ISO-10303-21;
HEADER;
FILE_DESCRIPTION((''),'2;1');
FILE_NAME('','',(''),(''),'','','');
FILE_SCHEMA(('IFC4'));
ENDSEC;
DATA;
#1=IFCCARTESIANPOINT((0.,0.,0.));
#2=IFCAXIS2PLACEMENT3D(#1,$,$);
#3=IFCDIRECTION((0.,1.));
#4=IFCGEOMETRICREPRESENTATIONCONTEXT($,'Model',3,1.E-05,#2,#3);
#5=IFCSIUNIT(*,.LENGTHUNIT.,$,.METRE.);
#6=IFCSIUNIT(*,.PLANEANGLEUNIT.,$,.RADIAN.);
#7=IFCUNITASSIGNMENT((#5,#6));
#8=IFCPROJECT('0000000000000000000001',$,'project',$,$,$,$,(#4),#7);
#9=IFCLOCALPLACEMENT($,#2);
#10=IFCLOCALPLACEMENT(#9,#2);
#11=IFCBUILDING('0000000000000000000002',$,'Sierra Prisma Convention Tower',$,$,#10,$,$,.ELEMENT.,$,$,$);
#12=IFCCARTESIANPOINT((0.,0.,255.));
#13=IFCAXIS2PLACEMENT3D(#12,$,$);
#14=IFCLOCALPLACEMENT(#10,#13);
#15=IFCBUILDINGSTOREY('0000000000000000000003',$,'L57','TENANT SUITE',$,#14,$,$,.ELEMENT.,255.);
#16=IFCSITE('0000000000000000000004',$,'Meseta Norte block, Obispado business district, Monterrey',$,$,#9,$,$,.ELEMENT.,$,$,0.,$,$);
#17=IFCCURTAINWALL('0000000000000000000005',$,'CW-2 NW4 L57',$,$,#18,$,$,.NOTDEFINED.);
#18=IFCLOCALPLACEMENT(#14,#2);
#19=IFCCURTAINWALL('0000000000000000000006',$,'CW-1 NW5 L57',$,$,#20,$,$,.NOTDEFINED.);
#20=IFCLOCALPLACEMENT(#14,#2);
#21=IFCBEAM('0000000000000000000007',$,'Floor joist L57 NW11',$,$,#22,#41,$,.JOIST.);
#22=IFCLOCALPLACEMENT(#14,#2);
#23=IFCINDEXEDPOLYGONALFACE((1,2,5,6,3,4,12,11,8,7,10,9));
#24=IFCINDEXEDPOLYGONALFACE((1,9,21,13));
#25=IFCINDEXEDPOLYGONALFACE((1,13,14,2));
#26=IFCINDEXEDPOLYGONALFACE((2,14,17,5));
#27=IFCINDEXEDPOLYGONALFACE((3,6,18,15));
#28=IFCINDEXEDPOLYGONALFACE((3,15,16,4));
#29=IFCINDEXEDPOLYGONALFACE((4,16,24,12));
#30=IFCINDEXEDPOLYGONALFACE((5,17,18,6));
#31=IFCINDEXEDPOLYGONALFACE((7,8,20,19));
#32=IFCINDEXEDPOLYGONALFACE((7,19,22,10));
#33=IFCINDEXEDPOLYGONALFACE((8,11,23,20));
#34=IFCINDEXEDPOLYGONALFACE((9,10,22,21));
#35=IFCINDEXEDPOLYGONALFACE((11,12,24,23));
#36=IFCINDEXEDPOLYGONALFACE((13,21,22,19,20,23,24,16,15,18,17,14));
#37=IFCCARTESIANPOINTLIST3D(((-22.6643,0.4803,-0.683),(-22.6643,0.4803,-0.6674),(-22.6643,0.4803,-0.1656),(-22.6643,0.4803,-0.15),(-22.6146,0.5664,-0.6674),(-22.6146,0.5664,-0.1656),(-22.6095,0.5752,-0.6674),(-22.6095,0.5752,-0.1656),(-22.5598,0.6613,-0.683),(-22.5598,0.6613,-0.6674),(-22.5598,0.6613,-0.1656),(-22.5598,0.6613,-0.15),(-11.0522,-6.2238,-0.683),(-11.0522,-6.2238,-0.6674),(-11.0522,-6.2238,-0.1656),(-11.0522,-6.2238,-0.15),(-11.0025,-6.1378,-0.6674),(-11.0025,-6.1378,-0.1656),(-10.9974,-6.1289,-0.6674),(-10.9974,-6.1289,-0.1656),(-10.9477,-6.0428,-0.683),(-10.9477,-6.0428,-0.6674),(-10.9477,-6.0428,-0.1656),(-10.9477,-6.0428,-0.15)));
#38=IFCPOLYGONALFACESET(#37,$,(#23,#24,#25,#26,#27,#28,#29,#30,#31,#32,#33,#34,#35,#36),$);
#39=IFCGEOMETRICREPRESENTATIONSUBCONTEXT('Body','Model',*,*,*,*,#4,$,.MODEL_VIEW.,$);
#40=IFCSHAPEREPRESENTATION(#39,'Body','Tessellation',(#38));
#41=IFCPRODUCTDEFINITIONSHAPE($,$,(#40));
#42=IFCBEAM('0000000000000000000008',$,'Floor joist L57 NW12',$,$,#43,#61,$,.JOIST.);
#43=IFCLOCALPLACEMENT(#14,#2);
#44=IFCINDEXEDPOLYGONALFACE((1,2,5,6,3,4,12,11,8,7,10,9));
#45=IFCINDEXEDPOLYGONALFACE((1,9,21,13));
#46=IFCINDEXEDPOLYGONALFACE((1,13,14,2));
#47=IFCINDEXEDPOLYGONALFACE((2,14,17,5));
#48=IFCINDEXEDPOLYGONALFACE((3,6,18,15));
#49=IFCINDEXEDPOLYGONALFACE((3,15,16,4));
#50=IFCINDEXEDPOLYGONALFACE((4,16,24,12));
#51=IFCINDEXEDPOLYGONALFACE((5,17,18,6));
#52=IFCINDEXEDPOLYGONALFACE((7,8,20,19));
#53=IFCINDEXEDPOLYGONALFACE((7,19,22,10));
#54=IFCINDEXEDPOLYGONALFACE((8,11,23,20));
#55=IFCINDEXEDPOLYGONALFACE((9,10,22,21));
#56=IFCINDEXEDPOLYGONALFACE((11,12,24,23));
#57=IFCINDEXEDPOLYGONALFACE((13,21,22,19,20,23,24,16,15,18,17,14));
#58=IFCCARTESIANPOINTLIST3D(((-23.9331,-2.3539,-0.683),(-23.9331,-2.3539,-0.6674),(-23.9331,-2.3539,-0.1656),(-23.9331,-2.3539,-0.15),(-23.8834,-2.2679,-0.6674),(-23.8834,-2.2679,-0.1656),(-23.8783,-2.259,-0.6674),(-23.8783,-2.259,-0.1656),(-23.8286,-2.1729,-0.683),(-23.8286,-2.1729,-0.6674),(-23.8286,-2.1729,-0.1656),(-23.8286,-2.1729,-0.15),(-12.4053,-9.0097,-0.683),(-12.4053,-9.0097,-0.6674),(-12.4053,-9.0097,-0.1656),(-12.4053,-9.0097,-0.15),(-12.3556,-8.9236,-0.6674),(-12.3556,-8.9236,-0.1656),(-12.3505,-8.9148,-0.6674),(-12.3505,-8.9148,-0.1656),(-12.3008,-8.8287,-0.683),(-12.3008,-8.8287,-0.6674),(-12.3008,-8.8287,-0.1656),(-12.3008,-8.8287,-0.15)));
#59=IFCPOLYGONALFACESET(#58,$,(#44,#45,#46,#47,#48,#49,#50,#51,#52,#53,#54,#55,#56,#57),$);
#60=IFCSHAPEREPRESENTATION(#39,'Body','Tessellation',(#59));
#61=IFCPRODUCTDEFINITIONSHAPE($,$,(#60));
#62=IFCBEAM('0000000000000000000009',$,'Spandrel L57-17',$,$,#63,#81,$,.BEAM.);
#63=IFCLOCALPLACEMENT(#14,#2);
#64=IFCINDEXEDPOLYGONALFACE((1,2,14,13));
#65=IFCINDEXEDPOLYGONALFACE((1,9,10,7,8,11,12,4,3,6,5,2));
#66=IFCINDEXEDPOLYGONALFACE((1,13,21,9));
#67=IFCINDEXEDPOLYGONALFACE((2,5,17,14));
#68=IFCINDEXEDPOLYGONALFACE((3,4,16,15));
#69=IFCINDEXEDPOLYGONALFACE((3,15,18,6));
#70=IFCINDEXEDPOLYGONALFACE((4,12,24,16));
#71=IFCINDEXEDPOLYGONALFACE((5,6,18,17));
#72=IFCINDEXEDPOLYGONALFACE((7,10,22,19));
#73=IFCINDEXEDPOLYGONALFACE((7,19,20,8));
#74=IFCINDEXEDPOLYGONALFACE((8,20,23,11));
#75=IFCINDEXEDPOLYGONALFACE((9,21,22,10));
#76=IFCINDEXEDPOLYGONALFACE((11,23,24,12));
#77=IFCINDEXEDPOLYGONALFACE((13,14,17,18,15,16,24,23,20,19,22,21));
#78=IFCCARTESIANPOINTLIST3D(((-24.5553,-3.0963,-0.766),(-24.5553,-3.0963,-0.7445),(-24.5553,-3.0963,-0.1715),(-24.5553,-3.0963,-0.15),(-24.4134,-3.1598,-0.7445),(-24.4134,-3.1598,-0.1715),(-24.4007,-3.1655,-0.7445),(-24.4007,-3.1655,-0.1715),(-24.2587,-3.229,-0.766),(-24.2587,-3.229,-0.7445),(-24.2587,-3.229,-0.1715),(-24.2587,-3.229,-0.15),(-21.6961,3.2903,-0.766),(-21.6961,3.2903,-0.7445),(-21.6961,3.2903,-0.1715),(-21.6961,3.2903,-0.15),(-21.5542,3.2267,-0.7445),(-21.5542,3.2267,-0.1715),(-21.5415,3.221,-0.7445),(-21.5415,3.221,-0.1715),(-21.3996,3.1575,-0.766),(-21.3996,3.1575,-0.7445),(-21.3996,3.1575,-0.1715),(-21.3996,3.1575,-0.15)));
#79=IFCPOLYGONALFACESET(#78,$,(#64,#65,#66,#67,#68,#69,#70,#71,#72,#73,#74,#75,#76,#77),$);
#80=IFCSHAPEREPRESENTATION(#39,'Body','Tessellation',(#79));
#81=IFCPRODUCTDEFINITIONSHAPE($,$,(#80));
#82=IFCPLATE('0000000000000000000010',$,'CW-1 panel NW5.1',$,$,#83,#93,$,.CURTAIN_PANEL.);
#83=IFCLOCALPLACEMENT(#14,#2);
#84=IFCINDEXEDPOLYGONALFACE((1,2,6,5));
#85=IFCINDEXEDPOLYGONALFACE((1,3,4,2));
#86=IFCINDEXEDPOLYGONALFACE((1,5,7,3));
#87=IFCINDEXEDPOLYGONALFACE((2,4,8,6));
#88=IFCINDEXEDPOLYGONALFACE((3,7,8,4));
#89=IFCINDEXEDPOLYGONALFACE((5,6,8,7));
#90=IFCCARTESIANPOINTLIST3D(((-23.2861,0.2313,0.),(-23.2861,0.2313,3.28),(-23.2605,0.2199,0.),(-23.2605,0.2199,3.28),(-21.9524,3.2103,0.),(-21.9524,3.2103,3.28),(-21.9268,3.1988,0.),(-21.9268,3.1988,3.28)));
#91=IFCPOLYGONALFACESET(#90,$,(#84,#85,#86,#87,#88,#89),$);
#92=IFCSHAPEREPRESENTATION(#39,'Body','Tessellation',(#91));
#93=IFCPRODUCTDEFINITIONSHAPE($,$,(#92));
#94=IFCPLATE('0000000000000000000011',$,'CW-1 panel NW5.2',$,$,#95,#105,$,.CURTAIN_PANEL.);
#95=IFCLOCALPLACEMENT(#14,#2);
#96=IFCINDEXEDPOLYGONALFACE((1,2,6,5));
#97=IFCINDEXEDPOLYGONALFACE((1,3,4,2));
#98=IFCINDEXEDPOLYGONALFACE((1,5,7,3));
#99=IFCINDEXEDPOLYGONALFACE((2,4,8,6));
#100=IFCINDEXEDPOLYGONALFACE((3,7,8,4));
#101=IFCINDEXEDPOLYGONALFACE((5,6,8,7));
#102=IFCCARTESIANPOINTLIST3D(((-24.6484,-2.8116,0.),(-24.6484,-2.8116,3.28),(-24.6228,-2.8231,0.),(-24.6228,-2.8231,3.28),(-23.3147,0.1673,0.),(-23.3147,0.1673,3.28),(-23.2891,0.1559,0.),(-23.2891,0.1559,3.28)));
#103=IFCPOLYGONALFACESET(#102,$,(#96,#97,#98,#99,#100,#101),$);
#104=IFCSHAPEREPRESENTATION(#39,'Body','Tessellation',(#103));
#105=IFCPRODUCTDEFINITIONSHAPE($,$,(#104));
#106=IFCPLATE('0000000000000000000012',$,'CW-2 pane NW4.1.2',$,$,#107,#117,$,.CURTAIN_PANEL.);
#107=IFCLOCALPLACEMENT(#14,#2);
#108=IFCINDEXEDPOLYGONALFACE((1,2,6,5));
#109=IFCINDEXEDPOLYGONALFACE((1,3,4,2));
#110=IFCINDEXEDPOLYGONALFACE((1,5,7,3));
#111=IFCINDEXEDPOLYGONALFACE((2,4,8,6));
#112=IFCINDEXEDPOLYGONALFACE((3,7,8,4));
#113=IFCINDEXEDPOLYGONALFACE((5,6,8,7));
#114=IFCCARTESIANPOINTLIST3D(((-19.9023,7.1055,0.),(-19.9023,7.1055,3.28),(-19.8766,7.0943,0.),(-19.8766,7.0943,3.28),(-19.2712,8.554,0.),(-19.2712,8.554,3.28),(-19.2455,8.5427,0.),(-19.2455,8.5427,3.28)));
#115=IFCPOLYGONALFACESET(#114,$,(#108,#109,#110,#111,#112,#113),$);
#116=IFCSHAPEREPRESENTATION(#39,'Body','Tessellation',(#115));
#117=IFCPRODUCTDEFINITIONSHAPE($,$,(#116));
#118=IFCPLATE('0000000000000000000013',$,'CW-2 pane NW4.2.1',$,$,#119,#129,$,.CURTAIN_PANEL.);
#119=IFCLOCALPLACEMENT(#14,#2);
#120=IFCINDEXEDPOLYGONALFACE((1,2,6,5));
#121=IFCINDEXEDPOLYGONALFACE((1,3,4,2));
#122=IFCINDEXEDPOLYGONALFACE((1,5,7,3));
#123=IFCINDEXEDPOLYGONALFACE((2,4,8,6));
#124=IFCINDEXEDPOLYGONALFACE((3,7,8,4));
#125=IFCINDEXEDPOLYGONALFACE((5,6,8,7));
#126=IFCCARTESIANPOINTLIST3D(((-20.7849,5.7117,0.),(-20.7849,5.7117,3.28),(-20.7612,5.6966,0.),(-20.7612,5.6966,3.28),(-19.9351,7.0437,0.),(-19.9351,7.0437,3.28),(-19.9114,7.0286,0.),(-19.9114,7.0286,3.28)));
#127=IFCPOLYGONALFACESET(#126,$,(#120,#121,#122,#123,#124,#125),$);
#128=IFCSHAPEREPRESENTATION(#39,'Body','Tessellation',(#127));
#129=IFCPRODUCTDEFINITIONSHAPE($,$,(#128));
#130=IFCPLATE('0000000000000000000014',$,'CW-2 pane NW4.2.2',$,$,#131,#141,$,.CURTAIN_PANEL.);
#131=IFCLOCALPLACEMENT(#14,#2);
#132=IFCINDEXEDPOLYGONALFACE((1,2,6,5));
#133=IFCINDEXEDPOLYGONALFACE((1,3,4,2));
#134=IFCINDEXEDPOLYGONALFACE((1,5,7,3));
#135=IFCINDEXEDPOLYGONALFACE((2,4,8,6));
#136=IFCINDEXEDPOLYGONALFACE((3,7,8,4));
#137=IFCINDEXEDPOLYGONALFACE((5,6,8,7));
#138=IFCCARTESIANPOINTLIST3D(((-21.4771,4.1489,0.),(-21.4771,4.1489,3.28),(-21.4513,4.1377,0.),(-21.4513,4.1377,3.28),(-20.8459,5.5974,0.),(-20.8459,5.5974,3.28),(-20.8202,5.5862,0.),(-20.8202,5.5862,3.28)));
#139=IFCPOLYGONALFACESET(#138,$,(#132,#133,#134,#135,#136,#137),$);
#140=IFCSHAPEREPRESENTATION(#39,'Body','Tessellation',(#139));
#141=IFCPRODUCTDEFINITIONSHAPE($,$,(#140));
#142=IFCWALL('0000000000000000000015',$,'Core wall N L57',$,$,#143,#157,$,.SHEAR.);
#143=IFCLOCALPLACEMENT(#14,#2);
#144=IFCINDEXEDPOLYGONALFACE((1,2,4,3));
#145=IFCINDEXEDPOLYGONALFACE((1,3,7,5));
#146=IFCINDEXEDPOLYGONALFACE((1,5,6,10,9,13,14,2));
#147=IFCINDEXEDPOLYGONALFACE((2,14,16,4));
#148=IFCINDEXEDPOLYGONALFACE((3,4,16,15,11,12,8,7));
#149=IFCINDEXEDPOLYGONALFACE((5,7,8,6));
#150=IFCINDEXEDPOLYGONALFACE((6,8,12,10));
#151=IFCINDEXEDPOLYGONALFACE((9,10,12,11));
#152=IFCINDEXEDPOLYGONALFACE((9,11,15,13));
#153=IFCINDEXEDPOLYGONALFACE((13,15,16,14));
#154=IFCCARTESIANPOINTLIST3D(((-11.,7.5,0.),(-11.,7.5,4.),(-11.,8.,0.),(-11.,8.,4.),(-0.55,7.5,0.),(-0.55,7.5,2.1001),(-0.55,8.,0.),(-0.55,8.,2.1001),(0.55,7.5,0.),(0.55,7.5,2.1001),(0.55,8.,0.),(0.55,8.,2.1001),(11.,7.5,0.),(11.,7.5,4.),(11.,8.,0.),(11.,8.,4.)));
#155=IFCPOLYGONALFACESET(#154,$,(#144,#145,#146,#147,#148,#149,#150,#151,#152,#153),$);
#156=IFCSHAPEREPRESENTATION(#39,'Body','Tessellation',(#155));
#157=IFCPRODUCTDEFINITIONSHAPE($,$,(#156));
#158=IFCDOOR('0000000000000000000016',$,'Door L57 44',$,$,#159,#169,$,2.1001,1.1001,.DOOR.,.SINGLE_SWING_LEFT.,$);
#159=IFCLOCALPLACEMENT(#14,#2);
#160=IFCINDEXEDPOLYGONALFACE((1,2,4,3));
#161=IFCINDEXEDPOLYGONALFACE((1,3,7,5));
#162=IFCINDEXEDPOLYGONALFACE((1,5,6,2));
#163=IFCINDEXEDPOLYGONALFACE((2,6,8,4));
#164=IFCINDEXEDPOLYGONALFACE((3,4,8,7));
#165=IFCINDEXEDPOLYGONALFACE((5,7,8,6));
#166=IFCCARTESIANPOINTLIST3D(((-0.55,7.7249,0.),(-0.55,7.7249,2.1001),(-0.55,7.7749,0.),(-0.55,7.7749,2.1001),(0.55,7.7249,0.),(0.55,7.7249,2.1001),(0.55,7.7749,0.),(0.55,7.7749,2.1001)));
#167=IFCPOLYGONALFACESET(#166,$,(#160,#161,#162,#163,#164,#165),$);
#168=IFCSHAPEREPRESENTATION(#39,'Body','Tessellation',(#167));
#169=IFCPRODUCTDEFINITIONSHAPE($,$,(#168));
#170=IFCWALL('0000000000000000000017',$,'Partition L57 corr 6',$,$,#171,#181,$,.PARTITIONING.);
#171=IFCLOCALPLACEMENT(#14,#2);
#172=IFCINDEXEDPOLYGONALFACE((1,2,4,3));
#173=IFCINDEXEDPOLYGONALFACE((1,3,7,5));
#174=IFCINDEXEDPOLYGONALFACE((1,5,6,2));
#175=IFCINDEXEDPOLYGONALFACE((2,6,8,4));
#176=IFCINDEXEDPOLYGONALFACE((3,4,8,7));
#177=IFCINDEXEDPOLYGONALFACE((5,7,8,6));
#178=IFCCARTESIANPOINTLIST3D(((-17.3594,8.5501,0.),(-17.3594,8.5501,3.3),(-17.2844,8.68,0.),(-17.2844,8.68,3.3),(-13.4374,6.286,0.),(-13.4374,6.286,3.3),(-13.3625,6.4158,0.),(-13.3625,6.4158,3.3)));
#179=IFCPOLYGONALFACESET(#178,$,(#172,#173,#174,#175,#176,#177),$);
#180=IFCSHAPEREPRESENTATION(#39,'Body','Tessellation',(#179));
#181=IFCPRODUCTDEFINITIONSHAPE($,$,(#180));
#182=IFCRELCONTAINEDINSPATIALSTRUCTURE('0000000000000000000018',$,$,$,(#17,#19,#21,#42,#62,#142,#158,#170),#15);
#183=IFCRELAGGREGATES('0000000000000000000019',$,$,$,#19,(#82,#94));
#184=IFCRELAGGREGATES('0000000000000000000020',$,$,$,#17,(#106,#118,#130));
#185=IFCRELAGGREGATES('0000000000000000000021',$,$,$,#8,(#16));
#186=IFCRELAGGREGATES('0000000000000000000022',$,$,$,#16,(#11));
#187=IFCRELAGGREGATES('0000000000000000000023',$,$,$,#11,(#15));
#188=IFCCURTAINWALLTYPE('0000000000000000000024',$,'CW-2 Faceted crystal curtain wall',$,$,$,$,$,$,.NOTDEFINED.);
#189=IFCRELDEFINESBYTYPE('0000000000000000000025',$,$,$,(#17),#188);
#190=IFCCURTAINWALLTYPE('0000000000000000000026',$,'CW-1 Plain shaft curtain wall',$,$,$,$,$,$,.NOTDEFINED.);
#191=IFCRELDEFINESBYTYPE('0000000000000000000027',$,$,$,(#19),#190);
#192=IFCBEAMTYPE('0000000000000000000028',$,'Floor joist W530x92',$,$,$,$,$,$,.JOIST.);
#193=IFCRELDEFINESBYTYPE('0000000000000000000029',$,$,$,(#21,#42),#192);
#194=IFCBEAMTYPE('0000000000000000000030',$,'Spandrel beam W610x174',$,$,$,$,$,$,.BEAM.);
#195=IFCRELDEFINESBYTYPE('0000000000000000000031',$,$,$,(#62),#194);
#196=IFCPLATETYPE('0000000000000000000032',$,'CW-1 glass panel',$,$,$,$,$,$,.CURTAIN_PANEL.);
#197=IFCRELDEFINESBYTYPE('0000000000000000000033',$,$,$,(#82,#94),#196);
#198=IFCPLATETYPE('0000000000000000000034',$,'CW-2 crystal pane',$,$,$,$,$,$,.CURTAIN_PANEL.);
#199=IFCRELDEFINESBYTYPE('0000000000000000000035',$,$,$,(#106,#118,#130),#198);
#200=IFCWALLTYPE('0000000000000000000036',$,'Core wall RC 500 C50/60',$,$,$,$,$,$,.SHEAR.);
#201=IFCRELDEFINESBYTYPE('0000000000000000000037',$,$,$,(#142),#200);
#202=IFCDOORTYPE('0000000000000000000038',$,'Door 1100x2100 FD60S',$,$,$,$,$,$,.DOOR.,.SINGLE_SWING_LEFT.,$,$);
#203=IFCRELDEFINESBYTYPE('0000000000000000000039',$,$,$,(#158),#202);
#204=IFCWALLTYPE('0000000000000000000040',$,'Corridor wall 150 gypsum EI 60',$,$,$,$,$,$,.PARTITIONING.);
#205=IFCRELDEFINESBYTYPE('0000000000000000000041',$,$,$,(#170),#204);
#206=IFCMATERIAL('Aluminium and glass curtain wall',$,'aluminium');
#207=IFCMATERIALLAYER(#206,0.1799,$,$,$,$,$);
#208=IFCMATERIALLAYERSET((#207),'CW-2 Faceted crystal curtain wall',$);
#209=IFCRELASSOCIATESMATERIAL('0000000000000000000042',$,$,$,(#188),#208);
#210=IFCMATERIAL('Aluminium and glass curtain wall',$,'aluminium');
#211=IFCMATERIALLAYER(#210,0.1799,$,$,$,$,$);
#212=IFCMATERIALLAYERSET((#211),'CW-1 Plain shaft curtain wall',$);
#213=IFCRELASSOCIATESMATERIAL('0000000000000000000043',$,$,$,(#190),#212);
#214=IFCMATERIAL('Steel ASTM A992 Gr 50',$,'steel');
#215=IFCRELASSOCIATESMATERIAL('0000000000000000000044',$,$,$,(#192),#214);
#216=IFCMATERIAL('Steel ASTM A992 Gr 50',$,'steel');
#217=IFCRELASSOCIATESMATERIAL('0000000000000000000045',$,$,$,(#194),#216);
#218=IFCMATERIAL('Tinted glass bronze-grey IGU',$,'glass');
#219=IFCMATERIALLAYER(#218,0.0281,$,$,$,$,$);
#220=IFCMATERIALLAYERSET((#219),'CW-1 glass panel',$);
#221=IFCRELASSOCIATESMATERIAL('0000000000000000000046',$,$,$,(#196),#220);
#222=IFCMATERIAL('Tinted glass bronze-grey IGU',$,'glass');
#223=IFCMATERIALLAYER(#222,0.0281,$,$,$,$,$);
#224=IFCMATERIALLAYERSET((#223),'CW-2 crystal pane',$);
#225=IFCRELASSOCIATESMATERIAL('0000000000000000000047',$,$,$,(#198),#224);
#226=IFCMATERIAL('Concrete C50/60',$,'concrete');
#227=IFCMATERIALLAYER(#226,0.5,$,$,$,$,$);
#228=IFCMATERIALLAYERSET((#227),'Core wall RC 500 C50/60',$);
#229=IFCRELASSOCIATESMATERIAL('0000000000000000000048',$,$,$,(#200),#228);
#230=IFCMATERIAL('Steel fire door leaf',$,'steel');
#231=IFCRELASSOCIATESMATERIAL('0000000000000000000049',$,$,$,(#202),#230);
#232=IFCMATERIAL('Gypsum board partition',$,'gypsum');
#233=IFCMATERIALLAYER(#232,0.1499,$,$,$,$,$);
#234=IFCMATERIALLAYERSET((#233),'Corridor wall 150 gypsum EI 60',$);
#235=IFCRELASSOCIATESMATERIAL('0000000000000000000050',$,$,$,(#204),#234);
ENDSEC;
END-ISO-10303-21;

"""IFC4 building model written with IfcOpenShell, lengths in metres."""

from ifc_helpers import new_model, si_unit, direction, frame, frame_2d, origin, origin_2d, place, context, subcontext, project, spatial, polyline, rectangle, i_section, outline, extrude, material, layer, layer_set, material_profile, profile_set, type_object, element, fill, aggregate, save


model = new_model("IFC4")

# Units and contexts
model_context = context("Model", 3, precision=1e-05, world=origin(), true_north=direction((0.0, 1.0)))
body_context = subcontext(model_context, "Body", "Model", "MODEL_VIEW")
ifc_project = project(units=[si_unit("LENGTHUNIT", "METRE"), si_unit("PLANEANGLEUNIT", "RADIAN")], contexts=[model_context])

# Site, building, storey
site_placement = place(None, origin())
site = spatial("IfcSite", under=ifc_project, at=site_placement, Name="Meseta Norte block, Obispado business district, Monterrey", CompositionType="ELEMENT", RefElevation=0.0)
building_placement = place(site_placement, origin())
building = spatial("IfcBuilding", under=site, at=building_placement, Name="Sierra Prisma Convention Tower", CompositionType="ELEMENT")
storey_placement = place(building_placement, frame((0.0, 0.0, 255.0)))
storey = spatial("IfcBuildingStorey", under=building, at=storey_placement, Name="L57", Description="TENANT SUITE", CompositionType="ELEMENT", Elevation=255.0)

# Curtain walls
ifc_material_1 = material(Name="Aluminium and glass curtain wall", Category="aluminium")
ifc_layer_1 = layer(ifc_material_1, 0.1799)
ifc_layer_set_1 = layer_set([ifc_layer_1], Name="CW-2 Faceted crystal curtain wall")
curtain_wall_type_1 = type_object("IfcCurtainWallType", Name="CW-2 Faceted crystal curtain wall", PredefinedType="NOTDEFINED", material=ifc_layer_set_1)
curtain_wall_1_placement = place(storey_placement, origin())
curtain_wall_1 = element("IfcCurtainWall", 1, at=curtain_wall_1_placement, inside=storey, type_object=curtain_wall_type_1, Name="CW-2 NW4 L57", PredefinedType="NOTDEFINED")
ifc_material_2 = material(Name="Aluminium and glass curtain wall", Category="aluminium")
ifc_layer_2 = layer(ifc_material_2, 0.1799)
ifc_layer_set_2 = layer_set([ifc_layer_2], Name="CW-1 Plain shaft curtain wall")
curtain_wall_type_2 = type_object("IfcCurtainWallType", Name="CW-1 Plain shaft curtain wall", PredefinedType="NOTDEFINED", material=ifc_layer_set_2)
curtain_wall_2_placement = place(storey_placement, origin())
curtain_wall_2 = element("IfcCurtainWall", 2, at=curtain_wall_2_placement, inside=storey, type_object=curtain_wall_type_2, Name="CW-1 NW5 L57", PredefinedType="NOTDEFINED")

# Beams
ifc_material_3 = material(Name="Steel ASTM A992 Gr 50", Category="steel")
ifc_material_profile_1 = material_profile(ifc_material_3, i_section(OverallWidth=0.209, OverallDepth=0.533, WebThickness=0.0103, FlangeThickness=0.0156, at=origin_2d()), Name="W530x92")
ifc_profile_set_1 = profile_set([ifc_material_profile_1], Name="Steel ASTM A992 Gr 50")
beam_type_1 = type_object("IfcBeamType", Name="Floor joist W530x92", PredefinedType="JOIST", material=ifc_profile_set_1)
beam_1_placement = place(storey_placement, frame((-22.6121, 0.5708, -0.4165), z_axis=(0.866029, -0.499993, 0.0), x_axis=(0.499993, 0.866029, 0.0)))
element("IfcBeam", 3, at=beam_1_placement, inside=storey, type_object=beam_type_1, Name="Floor joist L57 NW11", PredefinedType="JOIST", context=body_context, shape_type="SweptSolid", body=[
    extrude(i_section(OverallWidth=0.209, OverallDepth=0.533, WebThickness=0.0103, FlangeThickness=0.0156, at=origin_2d()), origin(), (0.0, 0.0, 1.0), 13.4084),
])
beam_2_placement = place(storey_placement, frame((-23.8809, -2.2634, -0.4165), z_axis=(0.86602, -0.500009, 0.0), x_axis=(0.500009, 0.86602, 0.0)))
element("IfcBeam", 4, at=beam_2_placement, inside=storey, type_object=beam_type_1, Name="Floor joist L57 NW12", PredefinedType="JOIST", context=body_context, shape_type="SweptSolid", body=[
    extrude(i_section(OverallWidth=0.209, OverallDepth=0.533, WebThickness=0.0103, FlangeThickness=0.0156, at=origin_2d()), origin(), (0.0, 0.0, 1.0), 13.3113),
])
ifc_material_4 = material(Name="Steel ASTM A992 Gr 50", Category="steel")
ifc_material_profile_2 = material_profile(ifc_material_4, i_section(OverallWidth=0.325, OverallDepth=0.616, WebThickness=0.0139, FlangeThickness=0.0215, at=origin_2d()), Name="W610x174")
ifc_profile_set_2 = profile_set([ifc_material_profile_2], Name="Steel ASTM A992 Gr 50")
beam_type_2 = type_object("IfcBeamType", Name="Spandrel beam W610x174", PredefinedType="BEAM", material=ifc_profile_set_2)
beam_3_placement = place(storey_placement, frame((-21.5479, 3.2239, -0.458), z_axis=(-0.408607, -0.91271, 0.0), x_axis=(0.91271, -0.408607, 0.0)))
element("IfcBeam", 5, at=beam_3_placement, inside=storey, type_object=beam_type_2, Name="Spandrel L57-17", PredefinedType="BEAM", context=body_context, shape_type="SweptSolid", body=[
    extrude(i_section(OverallWidth=0.325, OverallDepth=0.616, WebThickness=0.0139, FlangeThickness=0.0215, at=origin_2d()), origin(), (0.0, 0.0, 1.0), 6.9973),
])

# Plates
ifc_material_5 = material(Name="Tinted glass bronze-grey IGU", Category="glass")
ifc_layer_3 = layer(ifc_material_5, 0.0281)
ifc_layer_set_3 = layer_set([ifc_layer_3], Name="CW-1 glass panel")
plate_type_1 = type_object("IfcPlateType", Name="CW-1 glass panel", PredefinedType="CURTAIN_PANEL", material=ifc_layer_set_3)
plate_1_placement = place(storey_placement, frame((-22.6064, 1.7151, 0.0), z_axis=(0.0, 0.0, 1.0), x_axis=(-0.408635, -0.912698, 0.0)))
plate_1 = element("IfcPlate", 6, at=plate_1_placement, type_object=plate_type_1, Name="CW-1 panel NW5.1", PredefinedType="CURTAIN_PANEL", context=body_context, shape_type="SweptSolid", body=[
    extrude(rectangle(XDim=3.2639, YDim=0.0281, at=origin_2d()), origin(), (0.0, 0.0, 1.0), 3.28),
])
plate_2_placement = place(storey_placement, frame((-23.9688, -1.3279, 0.0), z_axis=(0.0, 0.0, 1.0), x_axis=(-0.408635, -0.912698, 0.0)))
plate_2 = element("IfcPlate", 7, at=plate_2_placement, type_object=plate_type_1, Name="CW-1 panel NW5.2", PredefinedType="CURTAIN_PANEL", context=body_context, shape_type="SweptSolid", body=[
    extrude(rectangle(XDim=3.2639, YDim=0.0281, at=origin_2d()), origin(), (0.0, 0.0, 1.0), 3.28),
])
aggregate(curtain_wall_2, [plate_1, plate_2])
ifc_material_6 = material(Name="Tinted glass bronze-grey IGU", Category="glass")
ifc_layer_4 = layer(ifc_material_6, 0.0281)
ifc_layer_set_4 = layer_set([ifc_layer_4], Name="CW-2 crystal pane")
plate_type_2 = type_object("IfcPlateType", Name="CW-2 crystal pane", PredefinedType="CURTAIN_PANEL", material=ifc_layer_set_4)
plate_3_placement = place(storey_placement, frame((-19.9023, 7.1055, 0.0), z_axis=(-0.916763, 0.399432, 0.0), x_axis=(0.399432, 0.916763, 0.0)))
plate_3 = element("IfcPlate", 8, at=plate_3_placement, type_object=plate_type_2, Name="CW-2 pane NW4.1.2", PredefinedType="CURTAIN_PANEL", context=body_context, shape_type="SweptSolid", body=[
    extrude(outline(polyline([(0.0, 0.0), (1.58, 0.0), (1.58, -3.28), (0.0, -3.28), (0.0, 0.0)])), origin(), (0.0, 0.0, -1.0), 0.0281),
])
plate_4_placement = place(storey_placement, frame((-19.9351, 7.0437, 0.0), z_axis=(-0.843031, 0.537865, 0.0), x_axis=(-0.537865, -0.843031, 0.0)))
plate_4 = element("IfcPlate", 9, at=plate_4_placement, type_object=plate_type_2, Name="CW-2 pane NW4.2.1", PredefinedType="CURTAIN_PANEL", context=body_context, shape_type="SweptSolid", body=[
    extrude(outline(polyline([(0.0, 0.0), (1.5801, 0.0), (1.5801, 3.28), (0.0, 3.28), (0.0, 0.0)])), origin(), (0.0, 0.0, -1.0), 0.0281),
])
plate_5_placement = place(storey_placement, frame((-21.4771, 4.1489, 0.0), z_axis=(-0.916763, 0.399432, 0.0), x_axis=(0.399432, 0.916763, 0.0)))
plate_5 = element("IfcPlate", 10, at=plate_5_placement, type_object=plate_type_2, Name="CW-2 pane NW4.2.2", PredefinedType="CURTAIN_PANEL", context=body_context, shape_type="SweptSolid", body=[
    extrude(outline(polyline([(0.0, 0.0), (1.58, 0.0), (1.58, -3.28), (0.0, -3.28), (0.0, 0.0)])), origin(), (0.0, 0.0, -1.0), 0.0281),
])
aggregate(curtain_wall_1, [plate_3, plate_4, plate_5])

# Wall, opening, door
ifc_material_7 = material(Name="Concrete C50/60", Category="concrete")
ifc_layer_5 = layer(ifc_material_7, 0.5)
ifc_layer_set_5 = layer_set([ifc_layer_5], Name="Core wall RC 500 C50/60")
wall_type_1 = type_object("IfcWallType", Name="Core wall RC 500 C50/60", PredefinedType="SHEAR", material=ifc_layer_set_5)
wall_1_placement = place(storey_placement, frame((-11.0, 7.75, 0.0), z_axis=(0.0, 0.0, 1.0), x_axis=(1.0, 0.0, 0.0)))
wall_1 = element("IfcWall", 11, at=wall_1_placement, inside=storey, type_object=wall_type_1, Name="Core wall N L57", PredefinedType="SHEAR", context=body_context, shape_type="SweptSolid", body=[
    extrude(rectangle(XDim=22.0, YDim=0.5, at=frame_2d((11.0, 0.0))), origin(), (0.0, 0.0, 1.0), 4.0),
])
opening_1_placement = place(wall_1_placement, frame((10.45, 0.0, 0.0)))
opening_1 = element("IfcOpeningElement", 12, at=opening_1_placement, cuts=wall_1, PredefinedType="OPENING", context=body_context, shape_type="SweptSolid", body=[
    extrude(rectangle(XDim=1.1001, YDim=2.1001, at=frame_2d((0.55, 1.05))), frame((0.0, 0.25, 0.0), z_axis=(0.0, -1.0, 0.0), x_axis=(1.0, 0.0, 0.0)), (0.0, 0.0, 1.0), 0.5),
])
ifc_material_8 = material(Name="Steel fire door leaf", Category="steel")
door_type_1 = type_object("IfcDoorType", Name="Door 1100x2100 FD60S", OperationType="SINGLE_SWING_LEFT", PredefinedType="DOOR", material=ifc_material_8)
door_1_placement = place(opening_1_placement, origin())
door_1 = element("IfcDoor", 13, at=door_1_placement, inside=storey, type_object=door_type_1, Name="Door L57 44", OperationType="SINGLE_SWING_LEFT", OverallHeight=2.1001, OverallWidth=1.1001, PredefinedType="DOOR", context=body_context, shape_type="SweptSolid", body=[
    extrude(rectangle(XDim=1.1001, YDim=2.1001, at=frame_2d((0.55, 1.05))), frame((0.0, 0.0249, 0.0), z_axis=(0.0, -1.0, 0.0), x_axis=(1.0, 0.0, 0.0)), (0.0, 0.0, 1.0), 0.05),
])
fill(opening_1, door_1)

# Wall
ifc_material_9 = material(Name="Gypsum board partition", Category="gypsum")
ifc_layer_6 = layer(ifc_material_9, 0.1499)
ifc_layer_set_6 = layer_set([ifc_layer_6], Name="Corridor wall 150 gypsum EI 60")
wall_type_2 = type_object("IfcWallType", Name="Corridor wall 150 gypsum EI 60", PredefinedType="PARTITIONING", material=ifc_layer_set_6)
wall_2_placement = place(storey_placement, frame((-17.3218, 8.615, 0.0), z_axis=(0.0, 0.0, 1.0), x_axis=(0.866038, -0.499978, 0.0)))
element("IfcWall", 14, at=wall_2_placement, inside=storey, type_object=wall_type_2, Name="Partition L57 corr 6", PredefinedType="PARTITIONING", context=body_context, shape_type="SweptSolid", body=[
    extrude(rectangle(XDim=4.5286, YDim=0.1499, at=frame_2d((2.2642, 0.0))), origin(), (0.0, 0.0, 1.0), 3.3),
])

save(model, "model.ifc")
